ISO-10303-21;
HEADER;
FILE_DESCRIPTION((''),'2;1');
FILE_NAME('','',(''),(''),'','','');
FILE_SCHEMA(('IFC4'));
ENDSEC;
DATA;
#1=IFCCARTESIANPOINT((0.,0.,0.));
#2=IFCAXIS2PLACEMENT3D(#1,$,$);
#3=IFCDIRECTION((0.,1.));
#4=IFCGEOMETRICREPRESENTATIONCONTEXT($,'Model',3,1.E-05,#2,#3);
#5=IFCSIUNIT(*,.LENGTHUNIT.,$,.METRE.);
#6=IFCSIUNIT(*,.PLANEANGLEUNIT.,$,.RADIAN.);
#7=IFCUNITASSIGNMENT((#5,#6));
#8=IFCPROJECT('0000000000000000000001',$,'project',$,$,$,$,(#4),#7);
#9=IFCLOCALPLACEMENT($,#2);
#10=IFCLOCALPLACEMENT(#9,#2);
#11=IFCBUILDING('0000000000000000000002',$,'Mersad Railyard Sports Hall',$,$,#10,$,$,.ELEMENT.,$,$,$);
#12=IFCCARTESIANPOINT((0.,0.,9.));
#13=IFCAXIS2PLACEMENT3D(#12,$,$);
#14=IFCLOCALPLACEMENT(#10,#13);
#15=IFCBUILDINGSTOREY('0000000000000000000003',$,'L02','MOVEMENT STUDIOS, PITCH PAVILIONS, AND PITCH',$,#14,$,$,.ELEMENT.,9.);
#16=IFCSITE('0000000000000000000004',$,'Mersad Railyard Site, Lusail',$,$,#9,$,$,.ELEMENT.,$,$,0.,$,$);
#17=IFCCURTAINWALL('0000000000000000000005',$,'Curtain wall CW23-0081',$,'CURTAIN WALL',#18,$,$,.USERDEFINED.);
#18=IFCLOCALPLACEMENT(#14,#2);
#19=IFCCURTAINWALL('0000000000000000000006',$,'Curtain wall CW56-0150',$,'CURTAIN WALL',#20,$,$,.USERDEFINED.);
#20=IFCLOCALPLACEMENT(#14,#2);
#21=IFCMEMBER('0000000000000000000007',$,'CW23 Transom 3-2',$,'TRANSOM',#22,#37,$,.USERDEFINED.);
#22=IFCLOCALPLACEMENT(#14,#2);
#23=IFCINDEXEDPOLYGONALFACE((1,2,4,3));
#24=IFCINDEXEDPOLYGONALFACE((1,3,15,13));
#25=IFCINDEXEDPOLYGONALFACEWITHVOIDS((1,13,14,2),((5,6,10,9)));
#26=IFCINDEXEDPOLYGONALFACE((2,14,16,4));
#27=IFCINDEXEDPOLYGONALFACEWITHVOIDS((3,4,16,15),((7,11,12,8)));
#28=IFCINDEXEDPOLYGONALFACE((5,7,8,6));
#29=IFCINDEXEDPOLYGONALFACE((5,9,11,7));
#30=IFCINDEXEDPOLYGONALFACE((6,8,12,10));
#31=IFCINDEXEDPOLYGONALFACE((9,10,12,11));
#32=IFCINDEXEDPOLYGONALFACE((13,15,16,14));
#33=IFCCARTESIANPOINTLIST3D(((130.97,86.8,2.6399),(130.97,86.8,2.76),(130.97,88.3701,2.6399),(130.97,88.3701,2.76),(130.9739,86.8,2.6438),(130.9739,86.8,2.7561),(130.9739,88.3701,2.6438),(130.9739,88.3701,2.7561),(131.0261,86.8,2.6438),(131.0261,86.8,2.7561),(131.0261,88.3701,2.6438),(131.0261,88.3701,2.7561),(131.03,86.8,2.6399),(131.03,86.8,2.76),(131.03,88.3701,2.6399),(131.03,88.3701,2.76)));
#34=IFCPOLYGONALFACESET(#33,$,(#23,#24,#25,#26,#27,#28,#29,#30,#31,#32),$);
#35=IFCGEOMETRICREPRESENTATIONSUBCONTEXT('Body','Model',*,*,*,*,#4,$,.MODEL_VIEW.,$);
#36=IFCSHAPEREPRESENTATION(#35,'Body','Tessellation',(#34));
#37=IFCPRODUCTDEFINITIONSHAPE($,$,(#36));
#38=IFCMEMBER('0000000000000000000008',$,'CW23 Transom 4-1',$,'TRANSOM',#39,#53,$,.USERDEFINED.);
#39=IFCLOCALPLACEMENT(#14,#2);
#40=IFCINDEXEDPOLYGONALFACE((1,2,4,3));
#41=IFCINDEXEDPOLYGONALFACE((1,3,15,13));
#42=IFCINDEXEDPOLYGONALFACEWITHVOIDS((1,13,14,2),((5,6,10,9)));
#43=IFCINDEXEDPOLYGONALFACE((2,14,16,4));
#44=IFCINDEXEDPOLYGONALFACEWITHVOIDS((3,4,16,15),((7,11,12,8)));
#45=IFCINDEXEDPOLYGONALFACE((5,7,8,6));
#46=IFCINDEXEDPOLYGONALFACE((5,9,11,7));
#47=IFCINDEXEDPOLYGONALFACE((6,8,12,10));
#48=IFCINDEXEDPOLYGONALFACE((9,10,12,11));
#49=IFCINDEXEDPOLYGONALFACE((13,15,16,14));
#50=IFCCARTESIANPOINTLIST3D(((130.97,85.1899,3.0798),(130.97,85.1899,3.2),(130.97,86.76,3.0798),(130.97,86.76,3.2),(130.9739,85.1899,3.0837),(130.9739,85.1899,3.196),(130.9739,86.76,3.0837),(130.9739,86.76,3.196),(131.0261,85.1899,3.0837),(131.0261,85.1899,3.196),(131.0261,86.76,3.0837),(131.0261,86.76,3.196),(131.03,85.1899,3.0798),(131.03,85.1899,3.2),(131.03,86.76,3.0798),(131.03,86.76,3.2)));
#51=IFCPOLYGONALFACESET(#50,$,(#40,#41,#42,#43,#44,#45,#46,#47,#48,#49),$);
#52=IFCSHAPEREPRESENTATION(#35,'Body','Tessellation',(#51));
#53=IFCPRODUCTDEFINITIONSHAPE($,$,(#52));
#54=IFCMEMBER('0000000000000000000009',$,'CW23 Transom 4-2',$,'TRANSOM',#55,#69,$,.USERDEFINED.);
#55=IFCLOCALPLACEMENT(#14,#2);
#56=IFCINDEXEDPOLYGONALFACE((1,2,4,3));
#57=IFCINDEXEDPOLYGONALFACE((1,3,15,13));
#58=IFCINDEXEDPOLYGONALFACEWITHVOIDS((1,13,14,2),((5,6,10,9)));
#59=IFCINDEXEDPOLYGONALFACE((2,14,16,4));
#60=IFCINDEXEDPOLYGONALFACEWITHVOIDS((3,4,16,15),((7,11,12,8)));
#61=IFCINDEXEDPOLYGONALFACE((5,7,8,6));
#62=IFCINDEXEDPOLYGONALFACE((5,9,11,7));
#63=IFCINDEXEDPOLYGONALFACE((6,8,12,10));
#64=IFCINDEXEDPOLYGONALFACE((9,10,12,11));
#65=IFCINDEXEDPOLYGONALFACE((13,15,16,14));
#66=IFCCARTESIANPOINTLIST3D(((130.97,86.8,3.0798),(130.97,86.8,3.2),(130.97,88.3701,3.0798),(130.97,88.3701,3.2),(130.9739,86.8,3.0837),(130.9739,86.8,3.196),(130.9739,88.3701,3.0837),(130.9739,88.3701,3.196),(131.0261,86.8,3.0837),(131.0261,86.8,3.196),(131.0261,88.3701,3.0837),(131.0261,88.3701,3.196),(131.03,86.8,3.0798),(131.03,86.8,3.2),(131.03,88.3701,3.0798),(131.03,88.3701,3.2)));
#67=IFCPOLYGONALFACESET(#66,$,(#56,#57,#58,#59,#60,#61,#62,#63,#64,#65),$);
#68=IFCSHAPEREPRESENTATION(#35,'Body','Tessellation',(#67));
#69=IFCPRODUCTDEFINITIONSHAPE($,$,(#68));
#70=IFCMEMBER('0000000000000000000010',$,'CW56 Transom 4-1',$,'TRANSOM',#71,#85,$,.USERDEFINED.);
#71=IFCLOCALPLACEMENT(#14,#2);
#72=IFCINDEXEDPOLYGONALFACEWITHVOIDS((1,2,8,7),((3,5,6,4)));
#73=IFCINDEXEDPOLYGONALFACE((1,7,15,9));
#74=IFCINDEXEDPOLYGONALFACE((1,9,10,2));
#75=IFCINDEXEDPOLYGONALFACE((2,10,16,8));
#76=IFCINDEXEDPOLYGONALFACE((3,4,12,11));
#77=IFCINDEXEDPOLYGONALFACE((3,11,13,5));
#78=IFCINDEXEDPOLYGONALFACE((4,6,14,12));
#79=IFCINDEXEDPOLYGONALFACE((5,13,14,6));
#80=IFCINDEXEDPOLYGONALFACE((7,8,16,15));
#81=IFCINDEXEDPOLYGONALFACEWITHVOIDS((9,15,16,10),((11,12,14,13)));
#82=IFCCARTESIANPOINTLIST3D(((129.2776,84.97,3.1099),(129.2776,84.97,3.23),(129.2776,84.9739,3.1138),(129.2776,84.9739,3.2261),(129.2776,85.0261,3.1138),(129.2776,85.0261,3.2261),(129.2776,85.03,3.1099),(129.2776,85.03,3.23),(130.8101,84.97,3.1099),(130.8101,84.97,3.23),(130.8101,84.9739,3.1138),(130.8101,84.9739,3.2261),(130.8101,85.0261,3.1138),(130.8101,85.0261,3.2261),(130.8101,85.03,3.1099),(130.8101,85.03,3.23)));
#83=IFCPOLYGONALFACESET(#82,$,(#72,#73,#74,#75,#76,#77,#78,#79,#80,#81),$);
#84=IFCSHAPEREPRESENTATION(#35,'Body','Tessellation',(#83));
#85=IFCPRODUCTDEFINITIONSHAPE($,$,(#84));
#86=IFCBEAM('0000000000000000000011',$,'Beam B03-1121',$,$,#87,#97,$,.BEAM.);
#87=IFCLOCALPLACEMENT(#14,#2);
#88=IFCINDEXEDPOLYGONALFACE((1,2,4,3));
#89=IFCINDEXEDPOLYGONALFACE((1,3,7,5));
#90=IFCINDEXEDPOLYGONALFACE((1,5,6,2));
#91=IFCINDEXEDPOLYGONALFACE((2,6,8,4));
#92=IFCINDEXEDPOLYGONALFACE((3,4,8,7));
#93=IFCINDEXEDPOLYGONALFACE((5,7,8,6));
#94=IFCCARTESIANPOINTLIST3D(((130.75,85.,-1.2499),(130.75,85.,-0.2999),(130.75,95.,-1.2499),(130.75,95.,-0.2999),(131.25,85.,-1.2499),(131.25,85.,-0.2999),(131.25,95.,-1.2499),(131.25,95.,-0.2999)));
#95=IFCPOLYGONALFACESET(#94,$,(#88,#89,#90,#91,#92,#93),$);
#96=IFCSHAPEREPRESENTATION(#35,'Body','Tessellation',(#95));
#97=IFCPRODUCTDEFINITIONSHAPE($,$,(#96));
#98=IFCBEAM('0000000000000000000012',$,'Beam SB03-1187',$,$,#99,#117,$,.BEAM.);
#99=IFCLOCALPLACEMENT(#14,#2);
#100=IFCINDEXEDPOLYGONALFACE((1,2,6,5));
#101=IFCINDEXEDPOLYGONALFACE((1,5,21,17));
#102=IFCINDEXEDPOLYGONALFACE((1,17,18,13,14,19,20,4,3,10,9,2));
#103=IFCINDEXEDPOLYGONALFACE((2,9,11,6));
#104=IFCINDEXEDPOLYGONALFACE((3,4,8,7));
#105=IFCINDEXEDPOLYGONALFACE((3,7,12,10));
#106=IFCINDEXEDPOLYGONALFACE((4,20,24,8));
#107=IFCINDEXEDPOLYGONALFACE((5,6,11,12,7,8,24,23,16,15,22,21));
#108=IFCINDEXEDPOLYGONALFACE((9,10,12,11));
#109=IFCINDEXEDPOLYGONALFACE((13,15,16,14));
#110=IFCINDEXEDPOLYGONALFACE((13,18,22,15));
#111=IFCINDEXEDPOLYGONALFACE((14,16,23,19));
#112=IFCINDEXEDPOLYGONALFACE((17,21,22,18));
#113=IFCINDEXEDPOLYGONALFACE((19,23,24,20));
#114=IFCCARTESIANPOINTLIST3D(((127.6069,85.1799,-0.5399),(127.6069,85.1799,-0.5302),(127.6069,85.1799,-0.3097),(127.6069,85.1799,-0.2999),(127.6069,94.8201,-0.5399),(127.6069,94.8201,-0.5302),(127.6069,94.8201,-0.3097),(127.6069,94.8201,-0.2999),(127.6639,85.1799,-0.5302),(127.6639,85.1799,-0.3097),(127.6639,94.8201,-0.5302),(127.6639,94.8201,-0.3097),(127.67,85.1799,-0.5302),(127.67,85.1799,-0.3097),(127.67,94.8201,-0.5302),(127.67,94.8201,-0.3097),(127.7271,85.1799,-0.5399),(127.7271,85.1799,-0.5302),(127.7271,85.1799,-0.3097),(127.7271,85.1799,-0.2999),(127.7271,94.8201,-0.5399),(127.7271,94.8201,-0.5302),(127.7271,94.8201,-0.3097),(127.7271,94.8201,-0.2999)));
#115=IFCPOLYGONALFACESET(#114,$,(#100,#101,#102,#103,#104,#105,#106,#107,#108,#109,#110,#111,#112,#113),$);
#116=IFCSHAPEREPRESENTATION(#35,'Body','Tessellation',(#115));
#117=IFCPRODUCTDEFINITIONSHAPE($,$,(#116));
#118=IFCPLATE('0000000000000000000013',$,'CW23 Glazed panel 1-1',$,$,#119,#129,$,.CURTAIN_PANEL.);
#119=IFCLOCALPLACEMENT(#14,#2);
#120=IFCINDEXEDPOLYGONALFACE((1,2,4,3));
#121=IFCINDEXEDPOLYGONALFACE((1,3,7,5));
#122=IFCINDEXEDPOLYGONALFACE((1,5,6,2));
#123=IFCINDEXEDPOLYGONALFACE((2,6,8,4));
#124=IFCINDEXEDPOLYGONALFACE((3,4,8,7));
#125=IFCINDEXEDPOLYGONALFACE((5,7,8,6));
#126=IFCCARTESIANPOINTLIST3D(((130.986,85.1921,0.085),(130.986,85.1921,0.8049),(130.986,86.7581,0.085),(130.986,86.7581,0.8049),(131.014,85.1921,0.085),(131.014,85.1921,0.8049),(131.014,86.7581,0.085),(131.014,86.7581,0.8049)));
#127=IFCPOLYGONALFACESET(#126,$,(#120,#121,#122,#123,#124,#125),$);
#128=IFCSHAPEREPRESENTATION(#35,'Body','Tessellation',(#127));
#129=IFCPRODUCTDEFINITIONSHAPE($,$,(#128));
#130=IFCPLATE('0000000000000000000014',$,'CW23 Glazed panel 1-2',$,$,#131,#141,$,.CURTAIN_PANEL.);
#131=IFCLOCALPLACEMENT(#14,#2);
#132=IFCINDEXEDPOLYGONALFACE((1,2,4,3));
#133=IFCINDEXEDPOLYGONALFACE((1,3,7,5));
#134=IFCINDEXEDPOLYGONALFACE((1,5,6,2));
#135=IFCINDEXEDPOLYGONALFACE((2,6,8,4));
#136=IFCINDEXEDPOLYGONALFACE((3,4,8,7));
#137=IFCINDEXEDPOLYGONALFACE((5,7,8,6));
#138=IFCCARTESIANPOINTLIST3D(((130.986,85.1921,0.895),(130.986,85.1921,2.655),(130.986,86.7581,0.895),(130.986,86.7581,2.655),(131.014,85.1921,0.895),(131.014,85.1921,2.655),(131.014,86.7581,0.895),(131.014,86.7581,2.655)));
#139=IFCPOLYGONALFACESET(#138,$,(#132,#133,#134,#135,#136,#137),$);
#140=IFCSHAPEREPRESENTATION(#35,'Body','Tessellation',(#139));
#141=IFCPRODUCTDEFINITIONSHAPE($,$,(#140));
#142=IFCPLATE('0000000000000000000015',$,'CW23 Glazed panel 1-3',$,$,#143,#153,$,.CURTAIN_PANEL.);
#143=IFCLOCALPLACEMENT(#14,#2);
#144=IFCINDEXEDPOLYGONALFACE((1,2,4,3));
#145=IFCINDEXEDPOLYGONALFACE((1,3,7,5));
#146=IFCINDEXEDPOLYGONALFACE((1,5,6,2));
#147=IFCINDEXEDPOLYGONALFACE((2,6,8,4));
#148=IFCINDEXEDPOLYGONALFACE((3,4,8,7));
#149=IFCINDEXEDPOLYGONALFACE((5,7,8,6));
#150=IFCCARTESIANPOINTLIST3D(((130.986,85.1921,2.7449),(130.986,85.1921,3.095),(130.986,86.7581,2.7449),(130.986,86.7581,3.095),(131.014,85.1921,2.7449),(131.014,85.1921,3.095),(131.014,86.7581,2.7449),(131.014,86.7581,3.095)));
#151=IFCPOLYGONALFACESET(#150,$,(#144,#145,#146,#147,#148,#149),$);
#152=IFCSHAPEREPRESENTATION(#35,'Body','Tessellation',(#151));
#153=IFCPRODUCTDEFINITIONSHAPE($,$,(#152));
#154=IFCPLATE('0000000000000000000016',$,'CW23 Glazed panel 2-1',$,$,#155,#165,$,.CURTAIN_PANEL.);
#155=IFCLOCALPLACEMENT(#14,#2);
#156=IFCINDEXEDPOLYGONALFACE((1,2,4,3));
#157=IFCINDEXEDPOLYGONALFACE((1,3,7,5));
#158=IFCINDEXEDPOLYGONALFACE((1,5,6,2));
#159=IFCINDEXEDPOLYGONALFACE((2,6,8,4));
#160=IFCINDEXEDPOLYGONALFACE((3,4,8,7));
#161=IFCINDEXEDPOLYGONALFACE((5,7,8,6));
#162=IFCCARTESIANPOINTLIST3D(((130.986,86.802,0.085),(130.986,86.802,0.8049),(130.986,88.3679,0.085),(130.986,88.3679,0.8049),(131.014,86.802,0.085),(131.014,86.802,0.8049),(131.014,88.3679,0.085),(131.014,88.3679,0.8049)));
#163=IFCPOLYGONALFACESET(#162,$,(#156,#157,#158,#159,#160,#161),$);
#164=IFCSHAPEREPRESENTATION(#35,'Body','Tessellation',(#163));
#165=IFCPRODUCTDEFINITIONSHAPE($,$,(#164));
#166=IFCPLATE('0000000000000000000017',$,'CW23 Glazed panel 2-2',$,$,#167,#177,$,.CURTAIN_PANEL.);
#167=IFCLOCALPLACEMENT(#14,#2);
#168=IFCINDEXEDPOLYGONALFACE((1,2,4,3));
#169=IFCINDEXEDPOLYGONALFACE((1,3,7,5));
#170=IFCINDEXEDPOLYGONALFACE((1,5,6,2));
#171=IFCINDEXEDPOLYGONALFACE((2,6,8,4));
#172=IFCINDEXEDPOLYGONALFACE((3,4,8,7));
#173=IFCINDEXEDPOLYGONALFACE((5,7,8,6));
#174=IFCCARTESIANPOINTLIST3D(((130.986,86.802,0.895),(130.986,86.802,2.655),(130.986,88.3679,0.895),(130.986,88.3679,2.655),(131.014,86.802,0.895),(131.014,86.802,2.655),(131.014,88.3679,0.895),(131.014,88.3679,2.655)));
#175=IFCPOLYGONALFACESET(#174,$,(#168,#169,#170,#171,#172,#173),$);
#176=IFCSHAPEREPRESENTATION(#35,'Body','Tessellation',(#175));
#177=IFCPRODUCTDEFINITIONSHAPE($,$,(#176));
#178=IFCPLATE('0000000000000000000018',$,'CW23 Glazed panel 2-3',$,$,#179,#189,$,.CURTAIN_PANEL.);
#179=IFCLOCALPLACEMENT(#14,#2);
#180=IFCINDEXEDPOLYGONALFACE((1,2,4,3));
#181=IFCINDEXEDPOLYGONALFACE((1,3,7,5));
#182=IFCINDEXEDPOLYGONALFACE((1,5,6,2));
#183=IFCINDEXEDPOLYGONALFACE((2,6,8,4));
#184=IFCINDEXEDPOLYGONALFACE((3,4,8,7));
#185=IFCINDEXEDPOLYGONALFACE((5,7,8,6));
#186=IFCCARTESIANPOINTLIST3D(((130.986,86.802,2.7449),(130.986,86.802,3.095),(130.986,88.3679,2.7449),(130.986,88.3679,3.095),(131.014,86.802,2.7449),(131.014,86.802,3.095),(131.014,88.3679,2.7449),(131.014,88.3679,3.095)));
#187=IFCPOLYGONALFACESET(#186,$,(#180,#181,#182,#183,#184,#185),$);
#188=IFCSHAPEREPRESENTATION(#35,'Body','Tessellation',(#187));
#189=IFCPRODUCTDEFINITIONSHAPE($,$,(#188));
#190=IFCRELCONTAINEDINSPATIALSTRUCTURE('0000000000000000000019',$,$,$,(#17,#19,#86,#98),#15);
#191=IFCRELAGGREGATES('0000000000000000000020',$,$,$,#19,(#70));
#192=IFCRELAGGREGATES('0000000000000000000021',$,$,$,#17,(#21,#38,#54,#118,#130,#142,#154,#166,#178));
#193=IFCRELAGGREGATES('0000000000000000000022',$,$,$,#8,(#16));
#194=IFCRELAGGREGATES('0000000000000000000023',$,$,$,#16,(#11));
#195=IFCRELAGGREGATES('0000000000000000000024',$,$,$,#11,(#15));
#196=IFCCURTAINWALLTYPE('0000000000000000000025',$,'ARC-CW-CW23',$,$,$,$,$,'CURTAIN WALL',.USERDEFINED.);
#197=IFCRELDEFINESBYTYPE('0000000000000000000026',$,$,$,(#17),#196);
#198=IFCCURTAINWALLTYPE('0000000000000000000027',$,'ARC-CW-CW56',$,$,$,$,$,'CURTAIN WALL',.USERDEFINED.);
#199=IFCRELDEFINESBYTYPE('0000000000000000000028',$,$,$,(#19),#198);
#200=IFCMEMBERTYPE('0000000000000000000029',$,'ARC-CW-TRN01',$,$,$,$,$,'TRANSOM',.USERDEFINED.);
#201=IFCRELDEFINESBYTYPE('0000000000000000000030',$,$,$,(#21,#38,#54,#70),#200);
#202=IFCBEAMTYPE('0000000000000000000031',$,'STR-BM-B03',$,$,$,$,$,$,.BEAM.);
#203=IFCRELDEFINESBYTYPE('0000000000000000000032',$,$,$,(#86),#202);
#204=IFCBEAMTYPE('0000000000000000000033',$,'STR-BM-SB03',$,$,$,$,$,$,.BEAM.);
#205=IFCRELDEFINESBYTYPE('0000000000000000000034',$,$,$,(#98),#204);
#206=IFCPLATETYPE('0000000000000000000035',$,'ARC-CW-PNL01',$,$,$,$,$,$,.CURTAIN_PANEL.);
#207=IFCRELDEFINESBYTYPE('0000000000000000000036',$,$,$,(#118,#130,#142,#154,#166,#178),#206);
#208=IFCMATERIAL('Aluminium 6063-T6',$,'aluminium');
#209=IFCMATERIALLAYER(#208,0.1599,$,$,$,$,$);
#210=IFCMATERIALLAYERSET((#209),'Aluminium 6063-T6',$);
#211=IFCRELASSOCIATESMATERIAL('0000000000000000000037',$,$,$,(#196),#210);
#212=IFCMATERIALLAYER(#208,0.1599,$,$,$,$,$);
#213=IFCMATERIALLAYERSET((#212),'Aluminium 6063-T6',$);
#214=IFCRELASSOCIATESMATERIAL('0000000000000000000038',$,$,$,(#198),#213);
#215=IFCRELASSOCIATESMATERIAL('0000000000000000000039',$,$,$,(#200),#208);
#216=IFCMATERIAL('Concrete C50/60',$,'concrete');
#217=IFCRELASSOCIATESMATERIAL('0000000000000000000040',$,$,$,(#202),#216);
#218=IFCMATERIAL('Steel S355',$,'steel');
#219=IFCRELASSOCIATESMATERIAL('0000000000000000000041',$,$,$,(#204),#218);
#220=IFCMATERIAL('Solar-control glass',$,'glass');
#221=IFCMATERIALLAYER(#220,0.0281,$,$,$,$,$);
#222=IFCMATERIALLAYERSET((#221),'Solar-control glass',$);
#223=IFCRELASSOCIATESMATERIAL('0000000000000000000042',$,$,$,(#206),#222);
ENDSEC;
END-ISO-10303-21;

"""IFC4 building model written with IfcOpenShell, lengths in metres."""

from ifc_helpers import new_model, si_unit, direction, frame, origin, origin_2d, place, context, subcontext, project, spatial, rectangle, hollow_rectangle, i_section, extrude, material, layer, layer_set, material_profile, profile_set, type_object, element, aggregate, save


model = new_model("IFC4")

# Units and contexts
model_context = context("Model", 3, precision=1e-05, world=origin(), true_north=direction((0.0, 1.0)))
body_context = subcontext(model_context, "Body", "Model", "MODEL_VIEW")
ifc_project = project(units=[si_unit("LENGTHUNIT", "METRE"), si_unit("PLANEANGLEUNIT", "RADIAN")], contexts=[model_context])

# Site, building, storey
site_placement = place(None, origin())
site = spatial("IfcSite", under=ifc_project, at=site_placement, Name="Mersad Railyard Site, Lusail", CompositionType="ELEMENT", RefElevation=0.0)
building_placement = place(site_placement, origin())
building = spatial("IfcBuilding", under=site, at=building_placement, Name="Mersad Railyard Sports Hall", CompositionType="ELEMENT")
storey_placement = place(building_placement, frame((0.0, 0.0, 9.0)))
storey = spatial("IfcBuildingStorey", under=building, at=storey_placement, Name="L02", Description="MOVEMENT STUDIOS, PITCH PAVILIONS, AND PITCH", CompositionType="ELEMENT", Elevation=9.0)

# Shared definitions
ifc_material_1 = material(Name="Steel S355", Category="steel")

# Curtain wall
ifc_material_2 = material(Name="Aluminium 6063-T6", Category="aluminium")
ifc_layer_1 = layer(ifc_material_2, 0.1599)
ifc_layer_set_1 = layer_set([ifc_layer_1], Name="Aluminium 6063-T6")
curtain_wall_type_1 = type_object("IfcCurtainWallType", Name="ARC-CW-CW23", ElementType="CURTAIN WALL", PredefinedType="USERDEFINED", material=ifc_layer_set_1)
curtain_wall_1_placement = place(storey_placement, origin())
curtain_wall_1 = element("IfcCurtainWall", 1, at=curtain_wall_1_placement, inside=storey, type_object=curtain_wall_type_1, Name="Curtain wall CW23-0081", ObjectType="CURTAIN WALL", PredefinedType="USERDEFINED")

# Curtain wall
ifc_layer_2 = layer(ifc_material_2, 0.1599)
ifc_layer_set_2 = layer_set([ifc_layer_2], Name="Aluminium 6063-T6")
curtain_wall_type_2 = type_object("IfcCurtainWallType", Name="ARC-CW-CW56", ElementType="CURTAIN WALL", PredefinedType="USERDEFINED", material=ifc_layer_set_2)
curtain_wall_2_placement = place(storey_placement, origin())
curtain_wall_2 = element("IfcCurtainWall", 2, at=curtain_wall_2_placement, inside=storey, type_object=curtain_wall_type_2, Name="Curtain wall CW56-0150", ObjectType="CURTAIN WALL", PredefinedType="USERDEFINED")

# Members
ifc_material_profile_1 = material_profile(ifc_material_2, hollow_rectangle(XDim=0.0601, YDim=0.1201, WallThickness=0.0039, at=origin_2d()), Name="AL TRANSOM 60x120x4")
ifc_profile_set_1 = profile_set([ifc_material_profile_1], Name="Aluminium 6063-T6")
member_type_1 = type_object("IfcMemberType", Name="ARC-CW-TRN01", ElementType="TRANSOM", PredefinedType="USERDEFINED", material=ifc_profile_set_1)
member_1_placement = place(storey_placement, frame((131.0, 86.8, 2.7), z_axis=(0.0, 1.0, 0.0), x_axis=(-1.0, 0.0, 0.0)))
member_1 = element("IfcMember", 3, at=member_1_placement, type_object=member_type_1, Name="CW23 Transom 3-2", ObjectType="TRANSOM", PredefinedType="USERDEFINED", context=body_context, shape_type="SweptSolid", body=[
    extrude(hollow_rectangle(XDim=0.0601, YDim=0.1201, WallThickness=0.0039, at=origin_2d()), origin(), (0.0, 0.0, 1.0), 1.5701),
])
member_2_placement = place(storey_placement, frame((131.0, 85.1899, 3.1399), z_axis=(0.0, 1.0, 0.0), x_axis=(-1.0, 0.0, 0.0)))
member_2 = element("IfcMember", 4, at=member_2_placement, type_object=member_type_1, Name="CW23 Transom 4-1", ObjectType="TRANSOM", PredefinedType="USERDEFINED", context=body_context, shape_type="SweptSolid", body=[
    extrude(hollow_rectangle(XDim=0.0601, YDim=0.1201, WallThickness=0.0039, at=origin_2d()), origin(), (0.0, 0.0, 1.0), 1.5701),
])
member_3_placement = place(storey_placement, frame((131.0, 86.8, 3.1399), z_axis=(0.0, 1.0, 0.0), x_axis=(-1.0, 0.0, 0.0)))
member_3 = element("IfcMember", 5, at=member_3_placement, type_object=member_type_1, Name="CW23 Transom 4-2", ObjectType="TRANSOM", PredefinedType="USERDEFINED", context=body_context, shape_type="SweptSolid", body=[
    extrude(hollow_rectangle(XDim=0.0601, YDim=0.1201, WallThickness=0.0039, at=origin_2d()), origin(), (0.0, 0.0, 1.0), 1.5701),
])
member_4_placement = place(storey_placement, frame((130.8101, 85.0, 3.1699), z_axis=(-1.0, 0.0, 0.0), x_axis=(0.0, -1.0, 0.0)))
member_4 = element("IfcMember", 6, at=member_4_placement, type_object=member_type_1, Name="CW56 Transom 4-1", ObjectType="TRANSOM", PredefinedType="USERDEFINED", context=body_context, shape_type="SweptSolid", body=[
    extrude(hollow_rectangle(XDim=0.0601, YDim=0.1201, WallThickness=0.0039, at=origin_2d()), origin(), (0.0, 0.0, 1.0), 1.5325),
])
aggregate(curtain_wall_2, [member_4])

# Beams
ifc_material_3 = material(Name="Concrete C50/60", Category="concrete")
ifc_material_profile_2 = material_profile(ifc_material_3, rectangle(XDim=0.5, YDim=0.95, at=origin_2d()), Name="RC 500x950")
ifc_profile_set_2 = profile_set([ifc_material_profile_2], Name="Concrete C50/60")
beam_type_1 = type_object("IfcBeamType", Name="STR-BM-B03", PredefinedType="BEAM", material=ifc_profile_set_2)
beam_1_placement = place(storey_placement, frame((131.0, 85.0, -0.7749), z_axis=(0.0, 1.0, 0.0), x_axis=(-1.0, 0.0, 0.0)))
element("IfcBeam", 7, at=beam_1_placement, inside=storey, type_object=beam_type_1, Name="Beam B03-1121", PredefinedType="BEAM", context=body_context, shape_type="SweptSolid", body=[
    extrude(rectangle(XDim=0.5, YDim=0.95, at=origin_2d()), origin(), (0.0, 0.0, 1.0), 10.0),
])
ifc_material_profile_3 = material_profile(ifc_material_1, i_section(OverallWidth=0.1201, OverallDepth=0.24, WebThickness=0.0061, FlangeThickness=0.0098, at=origin_2d()), Name="IPE 240")
ifc_profile_set_3 = profile_set([ifc_material_profile_3], Name="Steel S355")
beam_type_2 = type_object("IfcBeamType", Name="STR-BM-SB03", PredefinedType="BEAM", material=ifc_profile_set_3)
beam_2_placement = place(storey_placement, frame((127.667, 85.1799, -0.4199), z_axis=(0.0, 1.0, 0.0), x_axis=(-1.0, 0.0, 0.0)))
element("IfcBeam", 8, at=beam_2_placement, inside=storey, type_object=beam_type_2, Name="Beam SB03-1187", PredefinedType="BEAM", context=body_context, shape_type="SweptSolid", body=[
    extrude(i_section(OverallWidth=0.1201, OverallDepth=0.24, WebThickness=0.0061, FlangeThickness=0.0098, at=origin_2d()), origin(), (0.0, 0.0, 1.0), 9.6401),
])

# Plates
ifc_material_4 = material(Name="Solar-control glass", Category="glass")
ifc_layer_3 = layer(ifc_material_4, 0.0281)
ifc_layer_set_3 = layer_set([ifc_layer_3], Name="Solar-control glass")
plate_type = type_object("IfcPlateType", Name="ARC-CW-PNL01", PredefinedType="CURTAIN_PANEL", material=ifc_layer_set_3)
plate_1_placement = place(storey_placement, frame((131.0, 85.9751, 0.085), z_axis=(0.0, 0.0, 1.0), x_axis=(0.0, 1.0, 0.0)))
plate_1 = element("IfcPlate", 9, at=plate_1_placement, type_object=plate_type, Name="CW23 Glazed panel 1-1", PredefinedType="CURTAIN_PANEL", context=body_context, shape_type="SweptSolid", body=[
    extrude(rectangle(XDim=1.5659, YDim=0.0281, at=origin_2d()), origin(), (0.0, 0.0, 1.0), 0.72),
])
plate_2_placement = place(storey_placement, frame((131.0, 85.9751, 0.895), z_axis=(0.0, 0.0, 1.0), x_axis=(0.0, 1.0, 0.0)))
plate_2 = element("IfcPlate", 10, at=plate_2_placement, type_object=plate_type, Name="CW23 Glazed panel 1-2", PredefinedType="CURTAIN_PANEL", context=body_context, shape_type="SweptSolid", body=[
    extrude(rectangle(XDim=1.5659, YDim=0.0281, at=origin_2d()), origin(), (0.0, 0.0, 1.0), 1.76),
])
plate_3_placement = place(storey_placement, frame((131.0, 85.9751, 2.7449), z_axis=(0.0, 0.0, 1.0), x_axis=(0.0, 1.0, 0.0)))
plate_3 = element("IfcPlate", 11, at=plate_3_placement, type_object=plate_type, Name="CW23 Glazed panel 1-3", PredefinedType="CURTAIN_PANEL", context=body_context, shape_type="SweptSolid", body=[
    extrude(rectangle(XDim=1.5659, YDim=0.0281, at=origin_2d()), origin(), (0.0, 0.0, 1.0), 0.3501),
])
plate_4_placement = place(storey_placement, frame((131.0, 87.585, 0.085), z_axis=(0.0, 0.0, 1.0), x_axis=(0.0, 1.0, 0.0)))
plate_4 = element("IfcPlate", 12, at=plate_4_placement, type_object=plate_type, Name="CW23 Glazed panel 2-1", PredefinedType="CURTAIN_PANEL", context=body_context, shape_type="SweptSolid", body=[
    extrude(rectangle(XDim=1.5659, YDim=0.0281, at=origin_2d()), origin(), (0.0, 0.0, 1.0), 0.72),
])
plate_5_placement = place(storey_placement, frame((131.0, 87.585, 0.895), z_axis=(0.0, 0.0, 1.0), x_axis=(0.0, 1.0, 0.0)))
plate_5 = element("IfcPlate", 13, at=plate_5_placement, type_object=plate_type, Name="CW23 Glazed panel 2-2", PredefinedType="CURTAIN_PANEL", context=body_context, shape_type="SweptSolid", body=[
    extrude(rectangle(XDim=1.5659, YDim=0.0281, at=origin_2d()), origin(), (0.0, 0.0, 1.0), 1.76),
])
plate_6_placement = place(storey_placement, frame((131.0, 87.585, 2.7449), z_axis=(0.0, 0.0, 1.0), x_axis=(0.0, 1.0, 0.0)))
plate_6 = element("IfcPlate", 14, at=plate_6_placement, type_object=plate_type, Name="CW23 Glazed panel 2-3", PredefinedType="CURTAIN_PANEL", context=body_context, shape_type="SweptSolid", body=[
    extrude(rectangle(XDim=1.5659, YDim=0.0281, at=origin_2d()), origin(), (0.0, 0.0, 1.0), 0.3501),
])
aggregate(curtain_wall_1, [member_1, member_2, member_3, plate_1, plate_2, plate_3, plate_4, plate_5, plate_6])

save(model, "model.ifc")
